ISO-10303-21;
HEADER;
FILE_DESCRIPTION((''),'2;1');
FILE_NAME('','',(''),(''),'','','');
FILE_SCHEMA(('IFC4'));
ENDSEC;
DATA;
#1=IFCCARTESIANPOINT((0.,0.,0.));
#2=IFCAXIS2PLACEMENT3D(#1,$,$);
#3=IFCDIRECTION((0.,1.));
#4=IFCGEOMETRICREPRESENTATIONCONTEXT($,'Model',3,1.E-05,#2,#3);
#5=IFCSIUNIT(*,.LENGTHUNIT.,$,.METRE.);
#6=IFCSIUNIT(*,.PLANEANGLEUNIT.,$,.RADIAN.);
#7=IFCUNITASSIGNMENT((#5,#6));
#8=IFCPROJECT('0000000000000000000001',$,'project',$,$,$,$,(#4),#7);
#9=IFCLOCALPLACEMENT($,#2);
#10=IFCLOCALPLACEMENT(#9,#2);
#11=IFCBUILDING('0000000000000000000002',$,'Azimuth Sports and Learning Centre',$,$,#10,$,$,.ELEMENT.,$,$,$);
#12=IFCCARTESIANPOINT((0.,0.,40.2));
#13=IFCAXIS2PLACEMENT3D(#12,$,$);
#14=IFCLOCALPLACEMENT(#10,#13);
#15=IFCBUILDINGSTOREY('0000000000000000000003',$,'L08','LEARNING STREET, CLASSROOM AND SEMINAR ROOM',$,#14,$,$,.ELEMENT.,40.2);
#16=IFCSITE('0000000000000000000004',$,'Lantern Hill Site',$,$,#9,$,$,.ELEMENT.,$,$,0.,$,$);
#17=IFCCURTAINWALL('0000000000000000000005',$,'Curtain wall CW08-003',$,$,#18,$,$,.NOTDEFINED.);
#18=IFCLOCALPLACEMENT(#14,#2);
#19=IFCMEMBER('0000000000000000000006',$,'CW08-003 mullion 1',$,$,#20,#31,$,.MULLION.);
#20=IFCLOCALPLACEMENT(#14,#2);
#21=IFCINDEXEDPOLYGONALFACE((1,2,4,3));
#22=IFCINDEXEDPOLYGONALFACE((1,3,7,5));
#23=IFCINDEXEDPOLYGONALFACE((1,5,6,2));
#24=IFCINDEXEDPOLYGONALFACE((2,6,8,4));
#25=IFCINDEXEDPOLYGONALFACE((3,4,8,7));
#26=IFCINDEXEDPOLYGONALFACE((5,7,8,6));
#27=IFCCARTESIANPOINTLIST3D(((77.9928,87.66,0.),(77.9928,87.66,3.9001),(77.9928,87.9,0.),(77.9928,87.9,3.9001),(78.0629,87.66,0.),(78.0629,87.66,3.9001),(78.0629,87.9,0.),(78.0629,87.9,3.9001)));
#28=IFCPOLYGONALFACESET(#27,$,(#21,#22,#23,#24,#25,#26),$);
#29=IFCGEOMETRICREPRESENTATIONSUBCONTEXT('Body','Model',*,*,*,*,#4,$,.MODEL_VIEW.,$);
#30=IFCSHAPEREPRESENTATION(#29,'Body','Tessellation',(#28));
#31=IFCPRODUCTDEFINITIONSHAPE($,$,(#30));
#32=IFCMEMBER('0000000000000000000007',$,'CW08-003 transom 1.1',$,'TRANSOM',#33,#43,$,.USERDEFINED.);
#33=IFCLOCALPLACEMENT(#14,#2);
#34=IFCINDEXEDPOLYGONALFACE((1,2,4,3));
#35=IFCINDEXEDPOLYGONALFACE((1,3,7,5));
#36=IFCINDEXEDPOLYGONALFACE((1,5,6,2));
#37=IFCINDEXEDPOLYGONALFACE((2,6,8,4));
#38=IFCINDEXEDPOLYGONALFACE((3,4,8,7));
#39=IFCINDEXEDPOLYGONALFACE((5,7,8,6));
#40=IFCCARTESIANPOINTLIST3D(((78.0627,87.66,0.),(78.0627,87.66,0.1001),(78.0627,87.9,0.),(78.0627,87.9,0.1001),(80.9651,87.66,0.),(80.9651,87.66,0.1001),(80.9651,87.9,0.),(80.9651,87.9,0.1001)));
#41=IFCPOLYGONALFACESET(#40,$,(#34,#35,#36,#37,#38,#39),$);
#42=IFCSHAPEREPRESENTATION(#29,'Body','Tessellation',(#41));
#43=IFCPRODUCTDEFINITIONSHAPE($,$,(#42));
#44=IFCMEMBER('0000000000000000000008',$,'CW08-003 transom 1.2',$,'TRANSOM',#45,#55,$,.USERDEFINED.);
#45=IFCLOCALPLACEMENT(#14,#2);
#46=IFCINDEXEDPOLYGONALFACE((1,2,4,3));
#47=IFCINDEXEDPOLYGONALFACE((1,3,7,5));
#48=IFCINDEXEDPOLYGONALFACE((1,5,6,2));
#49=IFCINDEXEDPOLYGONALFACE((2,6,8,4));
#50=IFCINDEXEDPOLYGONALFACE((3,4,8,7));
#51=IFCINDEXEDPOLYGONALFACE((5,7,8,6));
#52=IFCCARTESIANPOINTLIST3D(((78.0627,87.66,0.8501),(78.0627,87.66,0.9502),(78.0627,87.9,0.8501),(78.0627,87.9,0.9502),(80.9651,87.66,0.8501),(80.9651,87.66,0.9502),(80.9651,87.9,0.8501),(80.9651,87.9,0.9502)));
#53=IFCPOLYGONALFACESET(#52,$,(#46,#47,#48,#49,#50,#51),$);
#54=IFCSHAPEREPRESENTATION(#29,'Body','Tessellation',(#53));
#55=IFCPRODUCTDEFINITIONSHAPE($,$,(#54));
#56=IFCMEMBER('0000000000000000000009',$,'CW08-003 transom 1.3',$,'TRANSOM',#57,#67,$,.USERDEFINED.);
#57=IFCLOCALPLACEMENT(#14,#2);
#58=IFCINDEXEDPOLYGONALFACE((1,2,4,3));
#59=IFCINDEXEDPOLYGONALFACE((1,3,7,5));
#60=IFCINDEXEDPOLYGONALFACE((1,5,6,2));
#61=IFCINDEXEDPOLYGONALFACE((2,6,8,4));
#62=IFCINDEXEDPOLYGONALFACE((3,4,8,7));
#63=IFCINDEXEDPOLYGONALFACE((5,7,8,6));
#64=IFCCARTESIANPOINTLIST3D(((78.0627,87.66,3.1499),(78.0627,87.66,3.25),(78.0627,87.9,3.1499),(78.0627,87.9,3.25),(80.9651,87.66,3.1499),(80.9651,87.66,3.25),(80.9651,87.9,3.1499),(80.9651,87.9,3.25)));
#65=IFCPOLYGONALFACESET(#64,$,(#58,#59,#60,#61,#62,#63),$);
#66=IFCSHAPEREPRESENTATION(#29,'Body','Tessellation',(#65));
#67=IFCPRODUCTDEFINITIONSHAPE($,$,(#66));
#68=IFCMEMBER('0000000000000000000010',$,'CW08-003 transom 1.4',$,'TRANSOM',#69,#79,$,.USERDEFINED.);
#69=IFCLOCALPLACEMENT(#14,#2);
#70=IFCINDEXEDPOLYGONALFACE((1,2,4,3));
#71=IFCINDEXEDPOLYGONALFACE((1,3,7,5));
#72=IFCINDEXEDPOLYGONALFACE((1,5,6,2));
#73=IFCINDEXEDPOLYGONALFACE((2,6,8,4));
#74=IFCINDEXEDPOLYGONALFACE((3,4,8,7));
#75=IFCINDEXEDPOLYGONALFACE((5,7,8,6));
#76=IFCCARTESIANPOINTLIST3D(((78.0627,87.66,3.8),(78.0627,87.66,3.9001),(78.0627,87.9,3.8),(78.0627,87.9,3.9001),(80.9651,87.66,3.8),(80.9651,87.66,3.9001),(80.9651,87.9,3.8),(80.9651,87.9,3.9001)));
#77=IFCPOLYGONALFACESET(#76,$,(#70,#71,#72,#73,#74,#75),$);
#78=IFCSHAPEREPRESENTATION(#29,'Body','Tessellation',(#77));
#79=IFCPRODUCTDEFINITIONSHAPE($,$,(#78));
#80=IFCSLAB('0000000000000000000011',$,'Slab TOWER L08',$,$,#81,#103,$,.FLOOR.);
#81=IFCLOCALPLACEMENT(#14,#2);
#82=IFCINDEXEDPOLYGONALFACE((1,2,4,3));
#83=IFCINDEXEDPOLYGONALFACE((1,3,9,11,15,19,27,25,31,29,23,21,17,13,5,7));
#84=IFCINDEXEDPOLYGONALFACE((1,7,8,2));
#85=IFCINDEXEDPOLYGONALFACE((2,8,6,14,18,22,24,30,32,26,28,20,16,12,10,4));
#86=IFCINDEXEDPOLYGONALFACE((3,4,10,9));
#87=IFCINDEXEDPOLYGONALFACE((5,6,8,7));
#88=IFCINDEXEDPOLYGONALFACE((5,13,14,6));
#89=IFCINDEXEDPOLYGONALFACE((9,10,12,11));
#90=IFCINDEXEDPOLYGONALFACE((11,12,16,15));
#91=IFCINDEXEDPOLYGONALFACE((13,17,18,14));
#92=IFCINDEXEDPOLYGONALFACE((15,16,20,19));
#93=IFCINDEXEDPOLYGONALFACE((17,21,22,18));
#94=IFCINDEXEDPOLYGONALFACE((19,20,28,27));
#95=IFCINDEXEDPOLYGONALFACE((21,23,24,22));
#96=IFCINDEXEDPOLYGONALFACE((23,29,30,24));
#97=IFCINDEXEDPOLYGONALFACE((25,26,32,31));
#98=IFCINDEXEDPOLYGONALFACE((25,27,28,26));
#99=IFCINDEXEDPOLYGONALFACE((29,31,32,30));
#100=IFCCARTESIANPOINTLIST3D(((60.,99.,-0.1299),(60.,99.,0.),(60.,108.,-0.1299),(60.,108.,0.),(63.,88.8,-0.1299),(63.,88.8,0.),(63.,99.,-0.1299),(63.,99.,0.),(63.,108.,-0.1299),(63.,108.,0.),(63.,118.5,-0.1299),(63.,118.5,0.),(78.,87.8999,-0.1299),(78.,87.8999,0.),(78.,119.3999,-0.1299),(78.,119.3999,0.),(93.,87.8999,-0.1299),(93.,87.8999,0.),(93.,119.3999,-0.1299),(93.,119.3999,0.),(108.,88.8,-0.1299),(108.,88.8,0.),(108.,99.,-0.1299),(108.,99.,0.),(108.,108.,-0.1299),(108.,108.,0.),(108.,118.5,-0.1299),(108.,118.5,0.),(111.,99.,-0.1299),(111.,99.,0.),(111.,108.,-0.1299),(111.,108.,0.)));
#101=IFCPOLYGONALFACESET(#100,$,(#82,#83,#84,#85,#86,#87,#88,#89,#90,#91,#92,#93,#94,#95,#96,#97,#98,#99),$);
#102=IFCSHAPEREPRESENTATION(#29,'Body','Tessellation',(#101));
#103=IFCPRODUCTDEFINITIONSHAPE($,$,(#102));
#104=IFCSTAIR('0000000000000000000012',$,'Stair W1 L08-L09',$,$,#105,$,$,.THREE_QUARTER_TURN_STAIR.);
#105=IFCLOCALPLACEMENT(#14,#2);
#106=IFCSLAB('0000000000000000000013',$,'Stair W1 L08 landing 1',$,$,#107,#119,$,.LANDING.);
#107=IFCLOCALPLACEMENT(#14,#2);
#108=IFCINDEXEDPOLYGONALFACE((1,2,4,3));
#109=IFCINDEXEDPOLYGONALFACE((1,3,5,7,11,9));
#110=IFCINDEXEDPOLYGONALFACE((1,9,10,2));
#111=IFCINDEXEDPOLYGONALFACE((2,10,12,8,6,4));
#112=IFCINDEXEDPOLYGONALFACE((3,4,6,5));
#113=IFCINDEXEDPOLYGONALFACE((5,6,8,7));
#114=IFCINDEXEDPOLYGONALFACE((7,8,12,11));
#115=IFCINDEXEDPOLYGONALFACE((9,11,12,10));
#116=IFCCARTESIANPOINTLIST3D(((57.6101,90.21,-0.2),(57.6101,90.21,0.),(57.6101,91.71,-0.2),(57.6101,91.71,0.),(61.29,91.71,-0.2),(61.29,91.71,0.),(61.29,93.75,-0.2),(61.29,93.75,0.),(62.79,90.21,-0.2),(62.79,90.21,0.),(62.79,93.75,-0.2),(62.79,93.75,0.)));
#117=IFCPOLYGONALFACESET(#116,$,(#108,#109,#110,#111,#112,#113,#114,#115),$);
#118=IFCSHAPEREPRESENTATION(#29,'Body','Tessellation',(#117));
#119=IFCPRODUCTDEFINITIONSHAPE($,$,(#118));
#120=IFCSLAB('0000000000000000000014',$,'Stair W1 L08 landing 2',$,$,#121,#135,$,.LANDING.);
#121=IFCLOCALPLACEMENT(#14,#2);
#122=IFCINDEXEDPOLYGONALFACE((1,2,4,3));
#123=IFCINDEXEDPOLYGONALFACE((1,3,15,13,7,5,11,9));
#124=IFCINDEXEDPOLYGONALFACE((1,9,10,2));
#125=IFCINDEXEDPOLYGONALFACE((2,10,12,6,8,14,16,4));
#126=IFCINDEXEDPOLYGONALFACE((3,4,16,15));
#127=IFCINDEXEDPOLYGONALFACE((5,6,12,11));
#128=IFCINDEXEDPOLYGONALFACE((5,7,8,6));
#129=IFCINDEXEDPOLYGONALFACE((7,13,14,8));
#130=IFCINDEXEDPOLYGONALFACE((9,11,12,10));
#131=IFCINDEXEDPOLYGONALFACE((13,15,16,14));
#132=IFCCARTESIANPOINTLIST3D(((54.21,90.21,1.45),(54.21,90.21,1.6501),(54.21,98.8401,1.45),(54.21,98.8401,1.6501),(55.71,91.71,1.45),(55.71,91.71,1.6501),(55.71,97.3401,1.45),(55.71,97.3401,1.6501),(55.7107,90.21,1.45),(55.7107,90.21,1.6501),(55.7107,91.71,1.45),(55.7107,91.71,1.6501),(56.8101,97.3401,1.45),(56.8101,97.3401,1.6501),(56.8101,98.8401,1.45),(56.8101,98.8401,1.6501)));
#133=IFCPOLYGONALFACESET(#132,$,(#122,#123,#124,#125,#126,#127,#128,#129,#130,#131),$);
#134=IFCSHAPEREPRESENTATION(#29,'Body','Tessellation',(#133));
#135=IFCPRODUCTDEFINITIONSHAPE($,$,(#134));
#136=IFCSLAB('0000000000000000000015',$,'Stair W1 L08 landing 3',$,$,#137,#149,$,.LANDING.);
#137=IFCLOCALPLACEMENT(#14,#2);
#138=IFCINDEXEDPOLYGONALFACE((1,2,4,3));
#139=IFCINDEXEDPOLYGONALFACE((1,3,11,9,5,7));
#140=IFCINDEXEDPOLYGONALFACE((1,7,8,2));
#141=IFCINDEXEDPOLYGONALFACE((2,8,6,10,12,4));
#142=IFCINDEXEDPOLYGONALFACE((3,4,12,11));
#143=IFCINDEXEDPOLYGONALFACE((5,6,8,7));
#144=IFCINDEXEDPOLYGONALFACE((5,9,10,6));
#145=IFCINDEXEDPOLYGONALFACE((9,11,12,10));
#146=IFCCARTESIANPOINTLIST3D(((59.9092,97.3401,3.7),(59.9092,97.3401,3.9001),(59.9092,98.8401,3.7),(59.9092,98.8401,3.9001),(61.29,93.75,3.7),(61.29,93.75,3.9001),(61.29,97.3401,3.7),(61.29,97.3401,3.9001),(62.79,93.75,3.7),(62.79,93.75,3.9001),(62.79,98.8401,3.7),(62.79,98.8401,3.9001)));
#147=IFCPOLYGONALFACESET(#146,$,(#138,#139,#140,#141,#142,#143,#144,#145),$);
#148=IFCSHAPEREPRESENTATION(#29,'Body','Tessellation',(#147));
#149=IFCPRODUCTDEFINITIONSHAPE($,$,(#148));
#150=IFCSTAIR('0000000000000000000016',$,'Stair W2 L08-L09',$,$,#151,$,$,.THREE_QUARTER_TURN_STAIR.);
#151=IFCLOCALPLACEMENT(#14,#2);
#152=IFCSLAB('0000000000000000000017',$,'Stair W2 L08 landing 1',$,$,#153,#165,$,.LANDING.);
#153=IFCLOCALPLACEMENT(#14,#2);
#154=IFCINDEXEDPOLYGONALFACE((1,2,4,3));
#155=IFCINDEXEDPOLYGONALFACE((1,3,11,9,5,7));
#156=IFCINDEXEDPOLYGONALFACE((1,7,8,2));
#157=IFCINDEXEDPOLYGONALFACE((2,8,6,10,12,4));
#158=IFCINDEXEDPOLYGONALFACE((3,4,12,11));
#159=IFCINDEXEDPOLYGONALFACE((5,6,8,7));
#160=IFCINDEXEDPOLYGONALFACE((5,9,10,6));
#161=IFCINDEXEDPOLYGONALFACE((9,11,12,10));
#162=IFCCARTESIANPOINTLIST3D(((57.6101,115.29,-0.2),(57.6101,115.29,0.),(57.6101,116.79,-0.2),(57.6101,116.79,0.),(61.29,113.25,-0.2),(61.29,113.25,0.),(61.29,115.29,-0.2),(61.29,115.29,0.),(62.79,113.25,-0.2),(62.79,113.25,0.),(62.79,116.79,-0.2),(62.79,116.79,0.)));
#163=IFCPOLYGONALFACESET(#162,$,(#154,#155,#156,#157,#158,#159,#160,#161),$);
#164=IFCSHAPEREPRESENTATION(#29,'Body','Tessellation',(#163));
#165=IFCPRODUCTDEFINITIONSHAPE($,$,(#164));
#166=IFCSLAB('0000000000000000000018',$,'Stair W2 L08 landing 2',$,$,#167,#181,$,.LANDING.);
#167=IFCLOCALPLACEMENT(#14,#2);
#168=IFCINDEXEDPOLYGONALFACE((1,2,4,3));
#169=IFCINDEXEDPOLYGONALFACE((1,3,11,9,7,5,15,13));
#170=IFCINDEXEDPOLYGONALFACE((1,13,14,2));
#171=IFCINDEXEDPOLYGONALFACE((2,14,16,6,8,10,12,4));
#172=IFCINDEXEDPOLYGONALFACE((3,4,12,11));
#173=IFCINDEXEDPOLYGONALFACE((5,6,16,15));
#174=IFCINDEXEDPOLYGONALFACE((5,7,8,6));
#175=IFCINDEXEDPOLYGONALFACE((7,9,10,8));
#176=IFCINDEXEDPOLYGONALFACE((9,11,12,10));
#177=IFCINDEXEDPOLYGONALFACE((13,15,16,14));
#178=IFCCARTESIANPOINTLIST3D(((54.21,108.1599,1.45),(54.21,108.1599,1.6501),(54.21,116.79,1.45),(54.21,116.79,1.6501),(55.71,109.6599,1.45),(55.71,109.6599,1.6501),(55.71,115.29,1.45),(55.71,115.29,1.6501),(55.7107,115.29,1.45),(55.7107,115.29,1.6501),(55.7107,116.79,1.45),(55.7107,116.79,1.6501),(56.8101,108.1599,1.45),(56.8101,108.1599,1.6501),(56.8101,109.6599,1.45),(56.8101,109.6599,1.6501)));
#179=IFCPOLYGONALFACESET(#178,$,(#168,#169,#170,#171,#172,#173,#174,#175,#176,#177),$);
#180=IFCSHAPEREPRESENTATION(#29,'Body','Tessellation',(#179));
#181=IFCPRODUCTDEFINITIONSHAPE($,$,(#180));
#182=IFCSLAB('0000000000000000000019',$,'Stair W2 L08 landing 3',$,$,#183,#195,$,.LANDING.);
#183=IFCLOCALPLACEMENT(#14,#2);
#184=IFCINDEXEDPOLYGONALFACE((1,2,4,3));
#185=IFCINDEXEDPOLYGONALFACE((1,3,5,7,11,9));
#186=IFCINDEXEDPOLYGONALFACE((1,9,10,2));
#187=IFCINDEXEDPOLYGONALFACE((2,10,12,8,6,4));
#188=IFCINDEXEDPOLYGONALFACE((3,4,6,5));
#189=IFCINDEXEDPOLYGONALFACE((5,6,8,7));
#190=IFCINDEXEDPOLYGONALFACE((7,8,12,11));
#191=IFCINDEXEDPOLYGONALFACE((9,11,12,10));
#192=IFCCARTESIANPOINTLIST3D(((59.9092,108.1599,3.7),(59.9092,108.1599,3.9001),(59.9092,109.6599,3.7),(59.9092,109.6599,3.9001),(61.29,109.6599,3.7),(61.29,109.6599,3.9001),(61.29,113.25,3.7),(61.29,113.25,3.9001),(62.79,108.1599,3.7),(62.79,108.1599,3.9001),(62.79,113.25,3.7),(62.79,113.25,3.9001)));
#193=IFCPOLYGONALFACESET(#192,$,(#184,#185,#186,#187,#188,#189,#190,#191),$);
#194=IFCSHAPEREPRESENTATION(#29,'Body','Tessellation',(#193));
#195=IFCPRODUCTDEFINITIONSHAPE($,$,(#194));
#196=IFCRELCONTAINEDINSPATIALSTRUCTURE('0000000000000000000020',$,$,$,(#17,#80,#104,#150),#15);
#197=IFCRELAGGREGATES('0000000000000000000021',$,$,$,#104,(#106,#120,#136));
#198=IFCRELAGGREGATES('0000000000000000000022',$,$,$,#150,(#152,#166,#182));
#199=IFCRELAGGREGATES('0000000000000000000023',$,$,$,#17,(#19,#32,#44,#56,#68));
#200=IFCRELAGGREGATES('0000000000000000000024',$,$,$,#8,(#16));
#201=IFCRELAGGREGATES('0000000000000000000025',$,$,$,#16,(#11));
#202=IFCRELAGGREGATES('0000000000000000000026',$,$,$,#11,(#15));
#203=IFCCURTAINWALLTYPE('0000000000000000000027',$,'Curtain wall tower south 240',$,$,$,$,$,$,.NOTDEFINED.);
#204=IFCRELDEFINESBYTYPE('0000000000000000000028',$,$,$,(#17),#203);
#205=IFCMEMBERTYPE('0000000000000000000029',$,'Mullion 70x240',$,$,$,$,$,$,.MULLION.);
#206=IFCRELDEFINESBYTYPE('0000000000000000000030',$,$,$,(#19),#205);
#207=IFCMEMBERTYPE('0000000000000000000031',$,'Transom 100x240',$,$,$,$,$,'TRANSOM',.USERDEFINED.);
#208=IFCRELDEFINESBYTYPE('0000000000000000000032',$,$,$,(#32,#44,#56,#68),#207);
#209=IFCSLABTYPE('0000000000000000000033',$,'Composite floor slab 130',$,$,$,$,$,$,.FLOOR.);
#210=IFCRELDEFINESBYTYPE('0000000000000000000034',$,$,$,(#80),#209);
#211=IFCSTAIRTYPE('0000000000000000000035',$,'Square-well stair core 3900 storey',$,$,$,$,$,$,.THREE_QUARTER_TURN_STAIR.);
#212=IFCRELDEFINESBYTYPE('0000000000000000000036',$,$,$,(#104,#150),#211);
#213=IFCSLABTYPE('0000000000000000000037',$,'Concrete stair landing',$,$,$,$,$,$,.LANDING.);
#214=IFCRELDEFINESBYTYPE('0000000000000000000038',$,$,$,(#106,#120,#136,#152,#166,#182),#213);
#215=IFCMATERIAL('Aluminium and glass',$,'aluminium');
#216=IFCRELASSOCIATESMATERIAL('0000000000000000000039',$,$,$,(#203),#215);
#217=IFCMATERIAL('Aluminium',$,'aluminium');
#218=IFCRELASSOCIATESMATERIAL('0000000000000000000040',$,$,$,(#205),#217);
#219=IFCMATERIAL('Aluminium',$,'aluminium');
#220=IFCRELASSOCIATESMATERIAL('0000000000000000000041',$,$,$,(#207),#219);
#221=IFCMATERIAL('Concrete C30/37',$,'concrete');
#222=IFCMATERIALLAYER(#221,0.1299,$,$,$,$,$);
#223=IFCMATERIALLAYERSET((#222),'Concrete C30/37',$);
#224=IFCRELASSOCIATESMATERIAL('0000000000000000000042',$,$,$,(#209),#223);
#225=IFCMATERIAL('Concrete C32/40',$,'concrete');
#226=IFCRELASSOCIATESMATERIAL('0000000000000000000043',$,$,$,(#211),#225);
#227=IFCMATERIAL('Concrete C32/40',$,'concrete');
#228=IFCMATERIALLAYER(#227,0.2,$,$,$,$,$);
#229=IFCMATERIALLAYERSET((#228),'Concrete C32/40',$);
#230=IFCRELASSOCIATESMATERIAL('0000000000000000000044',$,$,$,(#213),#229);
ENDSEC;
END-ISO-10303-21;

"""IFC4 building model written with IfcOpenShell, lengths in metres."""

from ifc_helpers import new_model, si_unit, direction, frame, origin, origin_2d, place, context, subcontext, project, spatial, polyline, rectangle, outline, extrude, material, layer, layer_set, material_profile, profile_set, type_object, element, aggregate, save


model = new_model("IFC4")

# Units and contexts
model_context = context("Model", 3, precision=1e-05, world=origin(), true_north=direction((0.0, 1.0)))
body_context = subcontext(model_context, "Body", "Model", "MODEL_VIEW")
ifc_project = project(units=[si_unit("LENGTHUNIT", "METRE"), si_unit("PLANEANGLEUNIT", "RADIAN")], contexts=[model_context])

# Site, building, storey
site_placement = place(None, origin())
site = spatial("IfcSite", under=ifc_project, at=site_placement, Name="Lantern Hill Site", CompositionType="ELEMENT", RefElevation=0.0)
building_placement = place(site_placement, origin())
building = spatial("IfcBuilding", under=site, at=building_placement, Name="Azimuth Sports and Learning Centre", CompositionType="ELEMENT")
storey_placement = place(building_placement, frame((0.0, 0.0, 40.2)))
storey = spatial("IfcBuildingStorey", under=building, at=storey_placement, Name="L08", Description="LEARNING STREET, CLASSROOM AND SEMINAR ROOM", CompositionType="ELEMENT", Elevation=40.2)

# Curtain wall, members
ifc_material_1 = material(Name="Aluminium and glass", Category="aluminium")
curtain_wall_type = type_object("IfcCurtainWallType", Name="Curtain wall tower south 240", PredefinedType="NOTDEFINED", material=ifc_material_1)
curtain_wall_placement = place(storey_placement, origin())
curtain_wall = element("IfcCurtainWall", 1, at=curtain_wall_placement, inside=storey, type_object=curtain_wall_type, Name="Curtain wall CW08-003", PredefinedType="NOTDEFINED")
ifc_material_2 = material(Name="Aluminium", Category="aluminium")
ifc_material_profile_1 = material_profile(ifc_material_2, rectangle(XDim=0.24, YDim=0.0701, at=origin_2d()), Name="Mullion 70x240")
ifc_profile_set_1 = profile_set([ifc_material_profile_1], Name="Aluminium")
member_type_1 = type_object("IfcMemberType", Name="Mullion 70x240", PredefinedType="MULLION", material=ifc_profile_set_1)
member_1_placement = place(storey_placement, frame((78.0278, 87.78, 0.0), z_axis=(0.0, 0.0, 1.0), x_axis=(0.0, 1.0, 0.0)))
member_1 = element("IfcMember", 2, at=member_1_placement, type_object=member_type_1, Name="CW08-003 mullion 1", PredefinedType="MULLION", context=body_context, shape_type="SweptSolid", body=[
    extrude(rectangle(XDim=0.24, YDim=0.0701, at=origin_2d()), origin(), (0.0, 0.0, 1.0), 3.9001),
])
ifc_material_3 = material(Name="Aluminium", Category="aluminium")
ifc_material_profile_2 = material_profile(ifc_material_3, rectangle(XDim=0.24, YDim=0.1001, at=origin_2d()), Name="Transom 100x240")
ifc_profile_set_2 = profile_set([ifc_material_profile_2], Name="Aluminium")
member_type_2 = type_object("IfcMemberType", Name="Transom 100x240", ElementType="TRANSOM", PredefinedType="USERDEFINED", material=ifc_profile_set_2)
member_2_placement = place(storey_placement, frame((78.0627, 87.78, 0.05), z_axis=(1.0, 0.0, 0.0), x_axis=(0.0, 1.0, 0.0)))
member_2 = element("IfcMember", 3, at=member_2_placement, type_object=member_type_2, Name="CW08-003 transom 1.1", ObjectType="TRANSOM", PredefinedType="USERDEFINED", context=body_context, shape_type="SweptSolid", body=[
    extrude(rectangle(XDim=0.24, YDim=0.1001, at=origin_2d()), origin(), (0.0, 0.0, 1.0), 2.9023),
])
member_3_placement = place(storey_placement, frame((78.0627, 87.78, 0.9001), z_axis=(1.0, 0.0, 0.0), x_axis=(0.0, 1.0, 0.0)))
member_3 = element("IfcMember", 4, at=member_3_placement, type_object=member_type_2, Name="CW08-003 transom 1.2", ObjectType="TRANSOM", PredefinedType="USERDEFINED", context=body_context, shape_type="SweptSolid", body=[
    extrude(rectangle(XDim=0.24, YDim=0.1001, at=origin_2d()), origin(), (0.0, 0.0, 1.0), 2.9023),
])
member_4_placement = place(storey_placement, frame((78.0627, 87.78, 3.2), z_axis=(1.0, 0.0, 0.0), x_axis=(0.0, 1.0, 0.0)))
member_4 = element("IfcMember", 5, at=member_4_placement, type_object=member_type_2, Name="CW08-003 transom 1.3", ObjectType="TRANSOM", PredefinedType="USERDEFINED", context=body_context, shape_type="SweptSolid", body=[
    extrude(rectangle(XDim=0.24, YDim=0.1001, at=origin_2d()), origin(), (0.0, 0.0, 1.0), 2.9023),
])
member_5_placement = place(storey_placement, frame((78.0627, 87.78, 3.8501), z_axis=(1.0, 0.0, 0.0), x_axis=(0.0, 1.0, 0.0)))
member_5 = element("IfcMember", 6, at=member_5_placement, type_object=member_type_2, Name="CW08-003 transom 1.4", ObjectType="TRANSOM", PredefinedType="USERDEFINED", context=body_context, shape_type="SweptSolid", body=[
    extrude(rectangle(XDim=0.24, YDim=0.1001, at=origin_2d()), origin(), (0.0, 0.0, 1.0), 2.9023),
])

# Slab
ifc_material_4 = material(Name="Concrete C30/37", Category="concrete")
ifc_layer_1 = layer(ifc_material_4, 0.1299)
ifc_layer_set_1 = layer_set([ifc_layer_1], Name="Concrete C30/37")
slab_type_1 = type_object("IfcSlabType", Name="Composite floor slab 130", PredefinedType="FLOOR", material=ifc_layer_set_1)
slab_1_placement = place(storey_placement, frame((0.0, 0.0, -0.1299)))
element("IfcSlab", 7, at=slab_1_placement, inside=storey, type_object=slab_type_1, Name="Slab TOWER L08", PredefinedType="FLOOR", context=body_context, shape_type="SweptSolid", body=[
    extrude(outline(polyline([(78.0, 87.8999), (93.0, 87.8999), (108.0, 88.8), (108.0, 99.0), (111.0, 99.0), (111.0, 108.0), (108.0, 108.0), (108.0, 118.5), (93.0, 119.3999), (78.0, 119.3999), (63.0, 118.5), (63.0, 108.0), (60.0, 108.0), (60.0, 99.0), (63.0, 99.0), (63.0, 88.8), (78.0, 87.8999)])), origin(), (0.0, 0.0, 1.0), 0.1299),
])

# Stairs, slabs
ifc_material_5 = material(Name="Concrete C32/40", Category="concrete")
stair_type = type_object("IfcStairType", Name="Square-well stair core 3900 storey", PredefinedType="THREE_QUARTER_TURN_STAIR", material=ifc_material_5)
stair_1_placement = place(storey_placement, origin())
stair_1 = element("IfcStair", 8, at=stair_1_placement, inside=storey, type_object=stair_type, Name="Stair W1 L08-L09", PredefinedType="THREE_QUARTER_TURN_STAIR")
ifc_material_6 = material(Name="Concrete C32/40", Category="concrete")
ifc_layer_2 = layer(ifc_material_6, 0.2)
ifc_layer_set_2 = layer_set([ifc_layer_2], Name="Concrete C32/40")
slab_type_2 = type_object("IfcSlabType", Name="Concrete stair landing", PredefinedType="LANDING", material=ifc_layer_set_2)
slab_2_placement = place(storey_placement, frame((0.0, 0.0, -0.2)))
slab_2 = element("IfcSlab", 9, at=slab_2_placement, type_object=slab_type_2, Name="Stair W1 L08 landing 1", PredefinedType="LANDING", context=body_context, shape_type="SweptSolid", body=[
    extrude(outline(polyline([(62.79, 90.21), (62.79, 93.75), (61.29, 93.75), (61.29, 91.71), (57.6101, 91.71), (57.6101, 90.21), (62.79, 90.21)])), origin(), (0.0, 0.0, 1.0), 0.2),
])
slab_3_placement = place(storey_placement, frame((0.0, 0.0, 1.45)))
slab_3 = element("IfcSlab", 10, at=slab_3_placement, type_object=slab_type_2, Name="Stair W1 L08 landing 2", PredefinedType="LANDING", context=body_context, shape_type="SweptSolid", body=[
    extrude(outline(polyline([(55.71, 91.71), (55.71, 97.3401), (56.8101, 97.3401), (56.8101, 98.8401), (54.21, 98.8401), (54.21, 90.21), (55.7107, 90.21), (55.7107, 91.71), (55.71, 91.71)])), origin(), (0.0, 0.0, 1.0), 0.2002),
])
slab_4_placement = place(storey_placement, frame((0.0, 0.0, 3.7)))
slab_4 = element("IfcSlab", 11, at=slab_4_placement, type_object=slab_type_2, Name="Stair W1 L08 landing 3", PredefinedType="LANDING", context=body_context, shape_type="SweptSolid", body=[
    extrude(outline(polyline([(61.29, 97.3401), (61.29, 93.75), (62.79, 93.75), (62.79, 98.8401), (59.9092, 98.8401), (59.9092, 97.3401), (61.29, 97.3401)])), origin(), (0.0, 0.0, 1.0), 0.2002),
])
aggregate(stair_1, [slab_2, slab_3, slab_4])
stair_2_placement = place(storey_placement, origin())
stair_2 = element("IfcStair", 12, at=stair_2_placement, inside=storey, type_object=stair_type, Name="Stair W2 L08-L09", PredefinedType="THREE_QUARTER_TURN_STAIR")
slab_5_placement = place(storey_placement, frame((0.0, 0.0, -0.2)))
slab_5 = element("IfcSlab", 13, at=slab_5_placement, type_object=slab_type_2, Name="Stair W2 L08 landing 1", PredefinedType="LANDING", context=body_context, shape_type="SweptSolid", body=[
    extrude(outline(polyline([(57.6101, 115.29), (61.29, 115.29), (61.29, 113.25), (62.79, 113.25), (62.79, 116.79), (57.6101, 116.79), (57.6101, 115.29)])), origin(), (0.0, 0.0, 1.0), 0.2),
])
slab_6_placement = place(storey_placement, frame((0.0, 0.0, 1.45)))
slab_6 = element("IfcSlab", 14, at=slab_6_placement, type_object=slab_type_2, Name="Stair W2 L08 landing 2", PredefinedType="LANDING", context=body_context, shape_type="SweptSolid", body=[
    extrude(outline(polyline([(55.71, 115.29), (55.7107, 115.29), (55.7107, 116.79), (54.21, 116.79), (54.21, 108.1599), (56.8101, 108.1599), (56.8101, 109.6599), (55.71, 109.6599), (55.71, 115.29)])), origin(), (0.0, 0.0, 1.0), 0.2002),
])
slab_7_placement = place(storey_placement, frame((0.0, 0.0, 3.7)))
slab_7 = element("IfcSlab", 15, at=slab_7_placement, type_object=slab_type_2, Name="Stair W2 L08 landing 3", PredefinedType="LANDING", context=body_context, shape_type="SweptSolid", body=[
    extrude(outline(polyline([(61.29, 109.6599), (59.9092, 109.6599), (59.9092, 108.1599), (62.79, 108.1599), (62.79, 113.25), (61.29, 113.25), (61.29, 109.6599)])), origin(), (0.0, 0.0, 1.0), 0.2002),
])
aggregate(stair_2, [slab_5, slab_6, slab_7])

aggregate(curtain_wall, [member_1, member_2, member_3, member_4, member_5])

save(model, "model.ifc")
